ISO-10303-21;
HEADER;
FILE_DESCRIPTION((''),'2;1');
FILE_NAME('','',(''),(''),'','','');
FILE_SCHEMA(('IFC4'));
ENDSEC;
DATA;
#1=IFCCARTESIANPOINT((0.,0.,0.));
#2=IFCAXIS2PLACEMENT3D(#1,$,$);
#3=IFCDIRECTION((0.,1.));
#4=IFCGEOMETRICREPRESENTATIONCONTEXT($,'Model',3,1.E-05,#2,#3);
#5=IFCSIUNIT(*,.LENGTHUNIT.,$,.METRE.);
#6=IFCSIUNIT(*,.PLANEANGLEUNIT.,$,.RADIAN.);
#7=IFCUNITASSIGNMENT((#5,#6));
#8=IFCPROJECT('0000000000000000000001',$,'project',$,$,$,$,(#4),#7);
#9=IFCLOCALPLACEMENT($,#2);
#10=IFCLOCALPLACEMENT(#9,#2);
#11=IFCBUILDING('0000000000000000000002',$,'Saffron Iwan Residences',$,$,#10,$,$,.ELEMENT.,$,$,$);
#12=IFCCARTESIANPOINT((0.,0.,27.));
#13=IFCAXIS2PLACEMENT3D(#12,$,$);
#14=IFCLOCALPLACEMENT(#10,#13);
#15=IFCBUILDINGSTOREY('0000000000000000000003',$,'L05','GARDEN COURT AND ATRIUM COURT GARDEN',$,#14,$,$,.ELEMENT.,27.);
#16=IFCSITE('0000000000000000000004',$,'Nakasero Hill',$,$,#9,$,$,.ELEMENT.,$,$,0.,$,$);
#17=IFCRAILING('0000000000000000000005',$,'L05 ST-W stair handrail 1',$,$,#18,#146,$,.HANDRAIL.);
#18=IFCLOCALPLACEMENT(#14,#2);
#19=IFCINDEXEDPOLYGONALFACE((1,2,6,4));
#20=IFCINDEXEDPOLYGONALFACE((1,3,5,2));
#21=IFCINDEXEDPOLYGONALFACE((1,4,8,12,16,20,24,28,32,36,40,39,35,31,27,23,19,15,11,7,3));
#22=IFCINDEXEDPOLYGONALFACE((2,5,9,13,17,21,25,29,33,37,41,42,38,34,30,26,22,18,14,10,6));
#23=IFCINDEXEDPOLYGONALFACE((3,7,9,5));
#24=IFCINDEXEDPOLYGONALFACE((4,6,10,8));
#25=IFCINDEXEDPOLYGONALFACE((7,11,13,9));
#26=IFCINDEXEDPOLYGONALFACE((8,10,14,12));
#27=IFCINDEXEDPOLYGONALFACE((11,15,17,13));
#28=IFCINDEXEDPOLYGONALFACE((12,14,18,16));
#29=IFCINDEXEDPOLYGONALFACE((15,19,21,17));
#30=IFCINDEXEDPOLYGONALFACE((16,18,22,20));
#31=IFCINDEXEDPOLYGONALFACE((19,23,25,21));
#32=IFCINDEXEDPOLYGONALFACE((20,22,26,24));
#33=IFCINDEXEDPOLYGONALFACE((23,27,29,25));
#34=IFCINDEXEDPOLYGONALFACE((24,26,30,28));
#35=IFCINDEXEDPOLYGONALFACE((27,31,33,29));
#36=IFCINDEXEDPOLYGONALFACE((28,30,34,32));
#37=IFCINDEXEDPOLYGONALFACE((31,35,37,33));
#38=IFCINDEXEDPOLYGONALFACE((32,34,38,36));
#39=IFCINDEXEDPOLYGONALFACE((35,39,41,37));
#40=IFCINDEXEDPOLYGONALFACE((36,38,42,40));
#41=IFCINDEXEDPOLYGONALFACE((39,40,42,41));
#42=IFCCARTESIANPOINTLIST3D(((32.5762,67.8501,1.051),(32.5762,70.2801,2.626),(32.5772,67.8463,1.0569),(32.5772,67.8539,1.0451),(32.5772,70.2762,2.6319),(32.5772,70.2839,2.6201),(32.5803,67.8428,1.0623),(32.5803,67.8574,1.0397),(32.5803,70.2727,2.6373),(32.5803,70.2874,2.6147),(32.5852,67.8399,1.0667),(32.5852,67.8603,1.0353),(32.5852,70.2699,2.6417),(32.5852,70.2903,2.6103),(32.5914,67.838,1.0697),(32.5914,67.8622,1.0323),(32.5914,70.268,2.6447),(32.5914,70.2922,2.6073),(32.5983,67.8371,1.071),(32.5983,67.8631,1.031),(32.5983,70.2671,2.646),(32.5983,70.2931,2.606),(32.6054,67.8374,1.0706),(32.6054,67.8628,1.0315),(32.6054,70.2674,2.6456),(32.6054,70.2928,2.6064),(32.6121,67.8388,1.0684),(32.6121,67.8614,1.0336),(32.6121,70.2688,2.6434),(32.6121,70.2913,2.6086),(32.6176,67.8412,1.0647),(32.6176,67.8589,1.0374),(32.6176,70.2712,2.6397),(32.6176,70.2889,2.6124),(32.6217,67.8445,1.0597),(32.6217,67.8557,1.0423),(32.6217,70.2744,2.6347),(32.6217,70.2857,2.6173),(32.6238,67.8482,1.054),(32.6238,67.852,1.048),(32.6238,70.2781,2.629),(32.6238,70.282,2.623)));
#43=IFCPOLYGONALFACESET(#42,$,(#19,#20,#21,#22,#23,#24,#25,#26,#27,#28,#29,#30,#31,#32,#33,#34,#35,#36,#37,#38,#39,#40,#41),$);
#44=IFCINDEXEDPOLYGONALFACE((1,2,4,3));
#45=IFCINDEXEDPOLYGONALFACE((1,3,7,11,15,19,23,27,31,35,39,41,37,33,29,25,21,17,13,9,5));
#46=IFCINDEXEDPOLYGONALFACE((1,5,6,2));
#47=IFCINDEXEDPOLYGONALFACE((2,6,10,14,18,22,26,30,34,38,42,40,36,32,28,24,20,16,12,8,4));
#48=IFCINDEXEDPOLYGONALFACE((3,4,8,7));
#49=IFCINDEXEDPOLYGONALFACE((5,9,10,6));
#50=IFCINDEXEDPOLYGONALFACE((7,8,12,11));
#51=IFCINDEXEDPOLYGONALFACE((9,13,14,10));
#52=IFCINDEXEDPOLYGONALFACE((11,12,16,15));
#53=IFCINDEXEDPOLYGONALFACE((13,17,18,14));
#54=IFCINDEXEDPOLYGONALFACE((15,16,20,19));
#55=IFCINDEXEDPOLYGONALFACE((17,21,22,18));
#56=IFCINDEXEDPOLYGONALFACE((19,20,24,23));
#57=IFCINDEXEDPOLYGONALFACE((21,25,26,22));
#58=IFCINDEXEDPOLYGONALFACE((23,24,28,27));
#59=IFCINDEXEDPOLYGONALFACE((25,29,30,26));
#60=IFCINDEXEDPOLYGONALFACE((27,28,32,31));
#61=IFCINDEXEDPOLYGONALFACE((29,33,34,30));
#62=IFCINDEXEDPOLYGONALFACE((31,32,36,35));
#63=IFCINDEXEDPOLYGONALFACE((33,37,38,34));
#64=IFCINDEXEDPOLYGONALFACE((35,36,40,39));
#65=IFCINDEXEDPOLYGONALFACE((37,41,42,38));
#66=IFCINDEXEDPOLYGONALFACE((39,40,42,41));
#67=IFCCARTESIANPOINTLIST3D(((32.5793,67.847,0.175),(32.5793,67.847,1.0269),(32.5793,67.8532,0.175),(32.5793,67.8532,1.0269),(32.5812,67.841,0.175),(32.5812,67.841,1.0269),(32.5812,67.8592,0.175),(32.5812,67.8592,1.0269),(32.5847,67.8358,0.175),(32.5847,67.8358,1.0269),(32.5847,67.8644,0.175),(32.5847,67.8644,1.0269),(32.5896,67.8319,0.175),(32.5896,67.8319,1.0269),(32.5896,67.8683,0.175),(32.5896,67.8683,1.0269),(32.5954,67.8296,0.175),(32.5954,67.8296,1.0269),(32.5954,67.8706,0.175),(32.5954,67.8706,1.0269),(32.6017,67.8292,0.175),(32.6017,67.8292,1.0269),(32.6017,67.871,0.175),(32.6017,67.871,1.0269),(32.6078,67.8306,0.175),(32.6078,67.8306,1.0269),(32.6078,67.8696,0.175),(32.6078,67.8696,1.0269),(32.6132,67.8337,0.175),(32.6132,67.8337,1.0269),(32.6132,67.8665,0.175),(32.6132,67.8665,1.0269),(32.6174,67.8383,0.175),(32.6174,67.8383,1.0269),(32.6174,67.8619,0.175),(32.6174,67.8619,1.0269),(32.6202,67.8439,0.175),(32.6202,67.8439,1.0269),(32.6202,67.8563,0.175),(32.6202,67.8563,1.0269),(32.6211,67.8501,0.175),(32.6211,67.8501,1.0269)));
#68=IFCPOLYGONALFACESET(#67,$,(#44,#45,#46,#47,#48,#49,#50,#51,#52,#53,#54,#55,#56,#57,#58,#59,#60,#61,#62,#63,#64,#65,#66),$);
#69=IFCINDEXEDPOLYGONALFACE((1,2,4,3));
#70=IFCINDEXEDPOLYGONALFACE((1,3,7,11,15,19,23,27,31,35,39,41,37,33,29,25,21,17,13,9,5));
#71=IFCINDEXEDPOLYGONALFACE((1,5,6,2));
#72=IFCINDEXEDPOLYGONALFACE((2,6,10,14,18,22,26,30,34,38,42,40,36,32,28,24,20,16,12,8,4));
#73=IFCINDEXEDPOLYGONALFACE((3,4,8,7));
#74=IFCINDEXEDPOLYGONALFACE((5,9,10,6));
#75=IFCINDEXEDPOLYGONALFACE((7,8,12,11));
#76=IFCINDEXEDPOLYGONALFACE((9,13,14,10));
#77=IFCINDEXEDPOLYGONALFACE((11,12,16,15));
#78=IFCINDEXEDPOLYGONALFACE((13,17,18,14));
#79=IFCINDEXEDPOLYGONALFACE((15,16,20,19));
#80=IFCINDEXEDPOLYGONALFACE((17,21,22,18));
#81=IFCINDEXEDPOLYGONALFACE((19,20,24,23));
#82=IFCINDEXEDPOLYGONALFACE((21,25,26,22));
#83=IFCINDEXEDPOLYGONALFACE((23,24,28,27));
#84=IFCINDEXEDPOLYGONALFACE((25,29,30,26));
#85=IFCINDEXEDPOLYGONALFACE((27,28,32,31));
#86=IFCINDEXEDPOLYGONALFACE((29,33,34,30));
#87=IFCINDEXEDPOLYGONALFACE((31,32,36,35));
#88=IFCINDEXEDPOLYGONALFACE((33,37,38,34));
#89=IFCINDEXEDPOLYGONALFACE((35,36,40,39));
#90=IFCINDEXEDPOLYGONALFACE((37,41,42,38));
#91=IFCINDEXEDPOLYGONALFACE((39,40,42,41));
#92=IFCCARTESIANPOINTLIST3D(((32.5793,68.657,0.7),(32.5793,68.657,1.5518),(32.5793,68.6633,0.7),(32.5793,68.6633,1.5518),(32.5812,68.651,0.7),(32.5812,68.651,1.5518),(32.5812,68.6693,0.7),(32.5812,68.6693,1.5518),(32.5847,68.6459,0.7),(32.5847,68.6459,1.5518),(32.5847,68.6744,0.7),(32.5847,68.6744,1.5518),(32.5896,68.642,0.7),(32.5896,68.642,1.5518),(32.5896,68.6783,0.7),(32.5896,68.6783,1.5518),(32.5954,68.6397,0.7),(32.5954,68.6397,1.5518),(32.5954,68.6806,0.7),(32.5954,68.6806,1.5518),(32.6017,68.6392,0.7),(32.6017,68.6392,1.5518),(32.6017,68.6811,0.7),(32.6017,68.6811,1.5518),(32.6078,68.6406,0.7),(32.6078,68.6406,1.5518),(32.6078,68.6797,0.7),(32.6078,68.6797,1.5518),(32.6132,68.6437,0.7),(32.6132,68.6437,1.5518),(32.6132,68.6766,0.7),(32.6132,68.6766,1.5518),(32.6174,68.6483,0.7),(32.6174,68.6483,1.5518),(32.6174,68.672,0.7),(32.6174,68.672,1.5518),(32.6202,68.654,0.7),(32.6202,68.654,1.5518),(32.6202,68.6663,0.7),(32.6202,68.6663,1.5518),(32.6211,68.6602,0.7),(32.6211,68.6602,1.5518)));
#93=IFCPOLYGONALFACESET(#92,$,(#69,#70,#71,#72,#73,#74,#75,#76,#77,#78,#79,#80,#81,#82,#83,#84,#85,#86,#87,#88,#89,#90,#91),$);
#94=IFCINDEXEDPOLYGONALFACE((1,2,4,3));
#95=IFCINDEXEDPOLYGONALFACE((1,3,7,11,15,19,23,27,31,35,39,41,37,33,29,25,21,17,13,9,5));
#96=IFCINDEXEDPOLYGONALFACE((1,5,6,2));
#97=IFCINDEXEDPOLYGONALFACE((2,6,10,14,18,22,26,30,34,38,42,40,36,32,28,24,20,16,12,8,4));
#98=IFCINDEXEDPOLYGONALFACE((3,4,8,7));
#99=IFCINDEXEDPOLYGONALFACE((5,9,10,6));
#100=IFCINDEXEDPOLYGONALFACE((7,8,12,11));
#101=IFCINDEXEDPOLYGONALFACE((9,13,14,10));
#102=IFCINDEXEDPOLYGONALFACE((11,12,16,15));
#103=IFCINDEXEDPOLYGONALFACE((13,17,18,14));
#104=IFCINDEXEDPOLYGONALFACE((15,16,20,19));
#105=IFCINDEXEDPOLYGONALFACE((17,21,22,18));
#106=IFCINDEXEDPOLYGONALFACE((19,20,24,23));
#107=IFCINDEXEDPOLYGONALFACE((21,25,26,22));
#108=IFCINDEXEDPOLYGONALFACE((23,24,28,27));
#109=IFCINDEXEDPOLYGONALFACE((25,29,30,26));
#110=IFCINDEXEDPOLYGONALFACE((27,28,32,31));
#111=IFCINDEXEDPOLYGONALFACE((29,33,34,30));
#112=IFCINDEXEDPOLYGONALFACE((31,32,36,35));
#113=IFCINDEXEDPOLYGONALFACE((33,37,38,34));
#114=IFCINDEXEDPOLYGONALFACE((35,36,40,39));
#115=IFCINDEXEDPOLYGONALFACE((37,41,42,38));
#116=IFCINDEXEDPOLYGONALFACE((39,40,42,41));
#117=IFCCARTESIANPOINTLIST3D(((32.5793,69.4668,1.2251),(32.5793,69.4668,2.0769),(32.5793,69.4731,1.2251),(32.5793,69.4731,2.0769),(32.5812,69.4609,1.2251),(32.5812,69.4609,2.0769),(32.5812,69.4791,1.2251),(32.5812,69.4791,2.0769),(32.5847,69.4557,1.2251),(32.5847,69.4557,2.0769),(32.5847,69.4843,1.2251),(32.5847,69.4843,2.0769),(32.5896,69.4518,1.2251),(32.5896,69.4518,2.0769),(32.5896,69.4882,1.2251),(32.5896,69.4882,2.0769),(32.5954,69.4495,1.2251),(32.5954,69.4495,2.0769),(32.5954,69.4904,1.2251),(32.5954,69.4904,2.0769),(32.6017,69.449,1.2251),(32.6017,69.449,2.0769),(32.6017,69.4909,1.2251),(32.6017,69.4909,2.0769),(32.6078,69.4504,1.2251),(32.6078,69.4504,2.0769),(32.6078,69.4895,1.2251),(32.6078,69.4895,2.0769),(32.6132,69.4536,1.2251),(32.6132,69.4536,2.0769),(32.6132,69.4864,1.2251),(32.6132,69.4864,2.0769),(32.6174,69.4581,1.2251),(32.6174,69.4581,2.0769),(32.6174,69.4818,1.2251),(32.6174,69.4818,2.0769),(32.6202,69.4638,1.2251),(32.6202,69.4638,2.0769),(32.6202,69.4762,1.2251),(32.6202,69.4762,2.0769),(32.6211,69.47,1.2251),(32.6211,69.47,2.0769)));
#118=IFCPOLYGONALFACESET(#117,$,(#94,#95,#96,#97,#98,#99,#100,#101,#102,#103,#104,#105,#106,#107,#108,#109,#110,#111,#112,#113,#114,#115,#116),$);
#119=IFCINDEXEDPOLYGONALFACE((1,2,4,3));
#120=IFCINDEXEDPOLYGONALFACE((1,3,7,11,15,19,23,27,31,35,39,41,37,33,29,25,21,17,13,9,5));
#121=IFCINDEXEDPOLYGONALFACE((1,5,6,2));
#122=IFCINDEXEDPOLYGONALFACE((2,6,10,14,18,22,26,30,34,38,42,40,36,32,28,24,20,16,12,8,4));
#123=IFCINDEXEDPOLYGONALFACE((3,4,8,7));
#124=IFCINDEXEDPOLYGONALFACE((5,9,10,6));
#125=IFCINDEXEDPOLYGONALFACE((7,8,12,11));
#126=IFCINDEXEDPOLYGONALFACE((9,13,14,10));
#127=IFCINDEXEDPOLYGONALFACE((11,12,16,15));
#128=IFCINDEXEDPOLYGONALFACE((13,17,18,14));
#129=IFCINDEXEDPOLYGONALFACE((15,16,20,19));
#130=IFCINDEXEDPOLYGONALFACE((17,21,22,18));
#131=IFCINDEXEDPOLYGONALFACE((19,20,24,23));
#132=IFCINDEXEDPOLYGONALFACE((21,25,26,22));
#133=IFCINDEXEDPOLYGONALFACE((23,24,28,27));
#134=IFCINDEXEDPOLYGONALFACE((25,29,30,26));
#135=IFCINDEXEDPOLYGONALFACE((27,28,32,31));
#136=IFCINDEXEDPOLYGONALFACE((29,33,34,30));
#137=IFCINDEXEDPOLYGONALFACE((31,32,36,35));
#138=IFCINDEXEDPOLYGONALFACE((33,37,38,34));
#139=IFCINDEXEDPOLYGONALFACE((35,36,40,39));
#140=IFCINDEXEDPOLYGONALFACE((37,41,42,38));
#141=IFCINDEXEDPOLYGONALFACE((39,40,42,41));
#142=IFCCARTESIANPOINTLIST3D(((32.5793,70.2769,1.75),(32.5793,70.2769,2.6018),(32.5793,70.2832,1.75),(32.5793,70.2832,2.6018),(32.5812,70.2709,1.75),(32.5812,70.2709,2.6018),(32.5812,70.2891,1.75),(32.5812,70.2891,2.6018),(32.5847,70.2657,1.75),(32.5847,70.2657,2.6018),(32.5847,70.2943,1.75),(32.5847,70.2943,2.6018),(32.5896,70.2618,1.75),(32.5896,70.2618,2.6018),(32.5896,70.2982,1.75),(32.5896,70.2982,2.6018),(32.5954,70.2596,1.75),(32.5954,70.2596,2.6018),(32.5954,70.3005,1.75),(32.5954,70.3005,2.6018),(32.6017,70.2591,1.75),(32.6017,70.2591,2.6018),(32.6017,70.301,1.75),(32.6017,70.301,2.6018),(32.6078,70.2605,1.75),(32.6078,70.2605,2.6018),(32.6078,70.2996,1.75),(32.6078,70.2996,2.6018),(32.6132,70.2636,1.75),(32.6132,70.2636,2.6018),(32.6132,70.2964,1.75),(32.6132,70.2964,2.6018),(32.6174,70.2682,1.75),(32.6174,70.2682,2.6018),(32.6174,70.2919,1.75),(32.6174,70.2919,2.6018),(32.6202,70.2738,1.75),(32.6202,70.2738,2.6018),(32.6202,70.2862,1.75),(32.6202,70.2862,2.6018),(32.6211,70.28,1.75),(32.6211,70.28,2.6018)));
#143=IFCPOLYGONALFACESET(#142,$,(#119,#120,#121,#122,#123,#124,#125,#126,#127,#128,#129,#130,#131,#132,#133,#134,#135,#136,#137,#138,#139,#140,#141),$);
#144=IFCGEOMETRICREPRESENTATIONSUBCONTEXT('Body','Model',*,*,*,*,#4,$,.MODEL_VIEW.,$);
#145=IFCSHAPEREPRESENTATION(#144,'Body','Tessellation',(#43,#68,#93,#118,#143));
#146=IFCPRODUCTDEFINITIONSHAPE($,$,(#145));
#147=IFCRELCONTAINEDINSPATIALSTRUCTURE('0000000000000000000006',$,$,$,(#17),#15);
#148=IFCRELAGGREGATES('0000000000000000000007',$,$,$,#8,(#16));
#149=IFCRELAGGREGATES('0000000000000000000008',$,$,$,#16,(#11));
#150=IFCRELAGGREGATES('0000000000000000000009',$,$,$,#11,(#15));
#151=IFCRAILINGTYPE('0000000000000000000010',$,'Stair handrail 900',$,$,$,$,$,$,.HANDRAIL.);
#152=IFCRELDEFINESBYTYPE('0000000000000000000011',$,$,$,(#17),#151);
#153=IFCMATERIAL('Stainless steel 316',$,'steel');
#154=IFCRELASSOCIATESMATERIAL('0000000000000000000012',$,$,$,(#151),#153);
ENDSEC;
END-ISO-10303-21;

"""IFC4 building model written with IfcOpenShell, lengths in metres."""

from ifc_helpers import new_model, si_unit, direction, frame, origin, origin_2d, place, context, subcontext, project, spatial, circle, extrude, material, type_object, element, save


model = new_model("IFC4")

# Units and contexts
model_context = context("Model", 3, precision=1e-05, world=origin(), true_north=direction((0.0, 1.0)))
body_context = subcontext(model_context, "Body", "Model", "MODEL_VIEW")
ifc_project = project(units=[si_unit("LENGTHUNIT", "METRE"), si_unit("PLANEANGLEUNIT", "RADIAN")], contexts=[model_context])

# Site, building, storey
site_placement = place(None, origin())
site = spatial("IfcSite", under=ifc_project, at=site_placement, Name="Nakasero Hill", CompositionType="ELEMENT", RefElevation=0.0)
building_placement = place(site_placement, origin())
building = spatial("IfcBuilding", under=site, at=building_placement, Name="Saffron Iwan Residences", CompositionType="ELEMENT")
storey_placement = place(building_placement, frame((0.0, 0.0, 27.0)))
storey = spatial("IfcBuildingStorey", under=building, at=storey_placement, Name="L05", Description="GARDEN COURT AND ATRIUM COURT GARDEN", CompositionType="ELEMENT", Elevation=27.0)

# Railing
ifc_material_1 = material(Name="Stainless steel 316", Category="steel")
railing_type_1 = type_object("IfcRailingType", Name="Stair handrail 900", PredefinedType="HANDRAIL", material=ifc_material_1)
railing_1_placement = place(storey_placement, frame((32.6001, 67.8501, 0.175)))
element("IfcRailing", 1, at=railing_1_placement, inside=storey, type_object=railing_type_1, Name="L05 ST-W stair handrail 1", PredefinedType="HANDRAIL", context=body_context, shape_type="SweptSolid", body=[
    extrude(circle(Radius=0.0239, at=origin_2d()), frame((0.0, 0.0, 0.876), z_axis=(0.0, 0.839154, 0.543894), x_axis=(-1.0, 0.0, 0.0)), (0.0, 0.0, 1.0), 2.8958),
    extrude(circle(Radius=0.021, at=origin_2d()), origin(), (0.0, 0.0, 1.0), 0.8518),
    extrude(circle(Radius=0.021, at=origin_2d()), frame((0.0, 0.8101, 0.5249)), (0.0, 0.0, 1.0), 0.8518),
    extrude(circle(Radius=0.021, at=origin_2d()), frame((0.0, 1.6199, 1.05)), (0.0, 0.0, 1.0), 0.8518),
    extrude(circle(Radius=0.021, at=origin_2d()), frame((0.0, 2.4299, 1.575)), (0.0, 0.0, 1.0), 0.8518),
])

save(model, "model.ifc")
